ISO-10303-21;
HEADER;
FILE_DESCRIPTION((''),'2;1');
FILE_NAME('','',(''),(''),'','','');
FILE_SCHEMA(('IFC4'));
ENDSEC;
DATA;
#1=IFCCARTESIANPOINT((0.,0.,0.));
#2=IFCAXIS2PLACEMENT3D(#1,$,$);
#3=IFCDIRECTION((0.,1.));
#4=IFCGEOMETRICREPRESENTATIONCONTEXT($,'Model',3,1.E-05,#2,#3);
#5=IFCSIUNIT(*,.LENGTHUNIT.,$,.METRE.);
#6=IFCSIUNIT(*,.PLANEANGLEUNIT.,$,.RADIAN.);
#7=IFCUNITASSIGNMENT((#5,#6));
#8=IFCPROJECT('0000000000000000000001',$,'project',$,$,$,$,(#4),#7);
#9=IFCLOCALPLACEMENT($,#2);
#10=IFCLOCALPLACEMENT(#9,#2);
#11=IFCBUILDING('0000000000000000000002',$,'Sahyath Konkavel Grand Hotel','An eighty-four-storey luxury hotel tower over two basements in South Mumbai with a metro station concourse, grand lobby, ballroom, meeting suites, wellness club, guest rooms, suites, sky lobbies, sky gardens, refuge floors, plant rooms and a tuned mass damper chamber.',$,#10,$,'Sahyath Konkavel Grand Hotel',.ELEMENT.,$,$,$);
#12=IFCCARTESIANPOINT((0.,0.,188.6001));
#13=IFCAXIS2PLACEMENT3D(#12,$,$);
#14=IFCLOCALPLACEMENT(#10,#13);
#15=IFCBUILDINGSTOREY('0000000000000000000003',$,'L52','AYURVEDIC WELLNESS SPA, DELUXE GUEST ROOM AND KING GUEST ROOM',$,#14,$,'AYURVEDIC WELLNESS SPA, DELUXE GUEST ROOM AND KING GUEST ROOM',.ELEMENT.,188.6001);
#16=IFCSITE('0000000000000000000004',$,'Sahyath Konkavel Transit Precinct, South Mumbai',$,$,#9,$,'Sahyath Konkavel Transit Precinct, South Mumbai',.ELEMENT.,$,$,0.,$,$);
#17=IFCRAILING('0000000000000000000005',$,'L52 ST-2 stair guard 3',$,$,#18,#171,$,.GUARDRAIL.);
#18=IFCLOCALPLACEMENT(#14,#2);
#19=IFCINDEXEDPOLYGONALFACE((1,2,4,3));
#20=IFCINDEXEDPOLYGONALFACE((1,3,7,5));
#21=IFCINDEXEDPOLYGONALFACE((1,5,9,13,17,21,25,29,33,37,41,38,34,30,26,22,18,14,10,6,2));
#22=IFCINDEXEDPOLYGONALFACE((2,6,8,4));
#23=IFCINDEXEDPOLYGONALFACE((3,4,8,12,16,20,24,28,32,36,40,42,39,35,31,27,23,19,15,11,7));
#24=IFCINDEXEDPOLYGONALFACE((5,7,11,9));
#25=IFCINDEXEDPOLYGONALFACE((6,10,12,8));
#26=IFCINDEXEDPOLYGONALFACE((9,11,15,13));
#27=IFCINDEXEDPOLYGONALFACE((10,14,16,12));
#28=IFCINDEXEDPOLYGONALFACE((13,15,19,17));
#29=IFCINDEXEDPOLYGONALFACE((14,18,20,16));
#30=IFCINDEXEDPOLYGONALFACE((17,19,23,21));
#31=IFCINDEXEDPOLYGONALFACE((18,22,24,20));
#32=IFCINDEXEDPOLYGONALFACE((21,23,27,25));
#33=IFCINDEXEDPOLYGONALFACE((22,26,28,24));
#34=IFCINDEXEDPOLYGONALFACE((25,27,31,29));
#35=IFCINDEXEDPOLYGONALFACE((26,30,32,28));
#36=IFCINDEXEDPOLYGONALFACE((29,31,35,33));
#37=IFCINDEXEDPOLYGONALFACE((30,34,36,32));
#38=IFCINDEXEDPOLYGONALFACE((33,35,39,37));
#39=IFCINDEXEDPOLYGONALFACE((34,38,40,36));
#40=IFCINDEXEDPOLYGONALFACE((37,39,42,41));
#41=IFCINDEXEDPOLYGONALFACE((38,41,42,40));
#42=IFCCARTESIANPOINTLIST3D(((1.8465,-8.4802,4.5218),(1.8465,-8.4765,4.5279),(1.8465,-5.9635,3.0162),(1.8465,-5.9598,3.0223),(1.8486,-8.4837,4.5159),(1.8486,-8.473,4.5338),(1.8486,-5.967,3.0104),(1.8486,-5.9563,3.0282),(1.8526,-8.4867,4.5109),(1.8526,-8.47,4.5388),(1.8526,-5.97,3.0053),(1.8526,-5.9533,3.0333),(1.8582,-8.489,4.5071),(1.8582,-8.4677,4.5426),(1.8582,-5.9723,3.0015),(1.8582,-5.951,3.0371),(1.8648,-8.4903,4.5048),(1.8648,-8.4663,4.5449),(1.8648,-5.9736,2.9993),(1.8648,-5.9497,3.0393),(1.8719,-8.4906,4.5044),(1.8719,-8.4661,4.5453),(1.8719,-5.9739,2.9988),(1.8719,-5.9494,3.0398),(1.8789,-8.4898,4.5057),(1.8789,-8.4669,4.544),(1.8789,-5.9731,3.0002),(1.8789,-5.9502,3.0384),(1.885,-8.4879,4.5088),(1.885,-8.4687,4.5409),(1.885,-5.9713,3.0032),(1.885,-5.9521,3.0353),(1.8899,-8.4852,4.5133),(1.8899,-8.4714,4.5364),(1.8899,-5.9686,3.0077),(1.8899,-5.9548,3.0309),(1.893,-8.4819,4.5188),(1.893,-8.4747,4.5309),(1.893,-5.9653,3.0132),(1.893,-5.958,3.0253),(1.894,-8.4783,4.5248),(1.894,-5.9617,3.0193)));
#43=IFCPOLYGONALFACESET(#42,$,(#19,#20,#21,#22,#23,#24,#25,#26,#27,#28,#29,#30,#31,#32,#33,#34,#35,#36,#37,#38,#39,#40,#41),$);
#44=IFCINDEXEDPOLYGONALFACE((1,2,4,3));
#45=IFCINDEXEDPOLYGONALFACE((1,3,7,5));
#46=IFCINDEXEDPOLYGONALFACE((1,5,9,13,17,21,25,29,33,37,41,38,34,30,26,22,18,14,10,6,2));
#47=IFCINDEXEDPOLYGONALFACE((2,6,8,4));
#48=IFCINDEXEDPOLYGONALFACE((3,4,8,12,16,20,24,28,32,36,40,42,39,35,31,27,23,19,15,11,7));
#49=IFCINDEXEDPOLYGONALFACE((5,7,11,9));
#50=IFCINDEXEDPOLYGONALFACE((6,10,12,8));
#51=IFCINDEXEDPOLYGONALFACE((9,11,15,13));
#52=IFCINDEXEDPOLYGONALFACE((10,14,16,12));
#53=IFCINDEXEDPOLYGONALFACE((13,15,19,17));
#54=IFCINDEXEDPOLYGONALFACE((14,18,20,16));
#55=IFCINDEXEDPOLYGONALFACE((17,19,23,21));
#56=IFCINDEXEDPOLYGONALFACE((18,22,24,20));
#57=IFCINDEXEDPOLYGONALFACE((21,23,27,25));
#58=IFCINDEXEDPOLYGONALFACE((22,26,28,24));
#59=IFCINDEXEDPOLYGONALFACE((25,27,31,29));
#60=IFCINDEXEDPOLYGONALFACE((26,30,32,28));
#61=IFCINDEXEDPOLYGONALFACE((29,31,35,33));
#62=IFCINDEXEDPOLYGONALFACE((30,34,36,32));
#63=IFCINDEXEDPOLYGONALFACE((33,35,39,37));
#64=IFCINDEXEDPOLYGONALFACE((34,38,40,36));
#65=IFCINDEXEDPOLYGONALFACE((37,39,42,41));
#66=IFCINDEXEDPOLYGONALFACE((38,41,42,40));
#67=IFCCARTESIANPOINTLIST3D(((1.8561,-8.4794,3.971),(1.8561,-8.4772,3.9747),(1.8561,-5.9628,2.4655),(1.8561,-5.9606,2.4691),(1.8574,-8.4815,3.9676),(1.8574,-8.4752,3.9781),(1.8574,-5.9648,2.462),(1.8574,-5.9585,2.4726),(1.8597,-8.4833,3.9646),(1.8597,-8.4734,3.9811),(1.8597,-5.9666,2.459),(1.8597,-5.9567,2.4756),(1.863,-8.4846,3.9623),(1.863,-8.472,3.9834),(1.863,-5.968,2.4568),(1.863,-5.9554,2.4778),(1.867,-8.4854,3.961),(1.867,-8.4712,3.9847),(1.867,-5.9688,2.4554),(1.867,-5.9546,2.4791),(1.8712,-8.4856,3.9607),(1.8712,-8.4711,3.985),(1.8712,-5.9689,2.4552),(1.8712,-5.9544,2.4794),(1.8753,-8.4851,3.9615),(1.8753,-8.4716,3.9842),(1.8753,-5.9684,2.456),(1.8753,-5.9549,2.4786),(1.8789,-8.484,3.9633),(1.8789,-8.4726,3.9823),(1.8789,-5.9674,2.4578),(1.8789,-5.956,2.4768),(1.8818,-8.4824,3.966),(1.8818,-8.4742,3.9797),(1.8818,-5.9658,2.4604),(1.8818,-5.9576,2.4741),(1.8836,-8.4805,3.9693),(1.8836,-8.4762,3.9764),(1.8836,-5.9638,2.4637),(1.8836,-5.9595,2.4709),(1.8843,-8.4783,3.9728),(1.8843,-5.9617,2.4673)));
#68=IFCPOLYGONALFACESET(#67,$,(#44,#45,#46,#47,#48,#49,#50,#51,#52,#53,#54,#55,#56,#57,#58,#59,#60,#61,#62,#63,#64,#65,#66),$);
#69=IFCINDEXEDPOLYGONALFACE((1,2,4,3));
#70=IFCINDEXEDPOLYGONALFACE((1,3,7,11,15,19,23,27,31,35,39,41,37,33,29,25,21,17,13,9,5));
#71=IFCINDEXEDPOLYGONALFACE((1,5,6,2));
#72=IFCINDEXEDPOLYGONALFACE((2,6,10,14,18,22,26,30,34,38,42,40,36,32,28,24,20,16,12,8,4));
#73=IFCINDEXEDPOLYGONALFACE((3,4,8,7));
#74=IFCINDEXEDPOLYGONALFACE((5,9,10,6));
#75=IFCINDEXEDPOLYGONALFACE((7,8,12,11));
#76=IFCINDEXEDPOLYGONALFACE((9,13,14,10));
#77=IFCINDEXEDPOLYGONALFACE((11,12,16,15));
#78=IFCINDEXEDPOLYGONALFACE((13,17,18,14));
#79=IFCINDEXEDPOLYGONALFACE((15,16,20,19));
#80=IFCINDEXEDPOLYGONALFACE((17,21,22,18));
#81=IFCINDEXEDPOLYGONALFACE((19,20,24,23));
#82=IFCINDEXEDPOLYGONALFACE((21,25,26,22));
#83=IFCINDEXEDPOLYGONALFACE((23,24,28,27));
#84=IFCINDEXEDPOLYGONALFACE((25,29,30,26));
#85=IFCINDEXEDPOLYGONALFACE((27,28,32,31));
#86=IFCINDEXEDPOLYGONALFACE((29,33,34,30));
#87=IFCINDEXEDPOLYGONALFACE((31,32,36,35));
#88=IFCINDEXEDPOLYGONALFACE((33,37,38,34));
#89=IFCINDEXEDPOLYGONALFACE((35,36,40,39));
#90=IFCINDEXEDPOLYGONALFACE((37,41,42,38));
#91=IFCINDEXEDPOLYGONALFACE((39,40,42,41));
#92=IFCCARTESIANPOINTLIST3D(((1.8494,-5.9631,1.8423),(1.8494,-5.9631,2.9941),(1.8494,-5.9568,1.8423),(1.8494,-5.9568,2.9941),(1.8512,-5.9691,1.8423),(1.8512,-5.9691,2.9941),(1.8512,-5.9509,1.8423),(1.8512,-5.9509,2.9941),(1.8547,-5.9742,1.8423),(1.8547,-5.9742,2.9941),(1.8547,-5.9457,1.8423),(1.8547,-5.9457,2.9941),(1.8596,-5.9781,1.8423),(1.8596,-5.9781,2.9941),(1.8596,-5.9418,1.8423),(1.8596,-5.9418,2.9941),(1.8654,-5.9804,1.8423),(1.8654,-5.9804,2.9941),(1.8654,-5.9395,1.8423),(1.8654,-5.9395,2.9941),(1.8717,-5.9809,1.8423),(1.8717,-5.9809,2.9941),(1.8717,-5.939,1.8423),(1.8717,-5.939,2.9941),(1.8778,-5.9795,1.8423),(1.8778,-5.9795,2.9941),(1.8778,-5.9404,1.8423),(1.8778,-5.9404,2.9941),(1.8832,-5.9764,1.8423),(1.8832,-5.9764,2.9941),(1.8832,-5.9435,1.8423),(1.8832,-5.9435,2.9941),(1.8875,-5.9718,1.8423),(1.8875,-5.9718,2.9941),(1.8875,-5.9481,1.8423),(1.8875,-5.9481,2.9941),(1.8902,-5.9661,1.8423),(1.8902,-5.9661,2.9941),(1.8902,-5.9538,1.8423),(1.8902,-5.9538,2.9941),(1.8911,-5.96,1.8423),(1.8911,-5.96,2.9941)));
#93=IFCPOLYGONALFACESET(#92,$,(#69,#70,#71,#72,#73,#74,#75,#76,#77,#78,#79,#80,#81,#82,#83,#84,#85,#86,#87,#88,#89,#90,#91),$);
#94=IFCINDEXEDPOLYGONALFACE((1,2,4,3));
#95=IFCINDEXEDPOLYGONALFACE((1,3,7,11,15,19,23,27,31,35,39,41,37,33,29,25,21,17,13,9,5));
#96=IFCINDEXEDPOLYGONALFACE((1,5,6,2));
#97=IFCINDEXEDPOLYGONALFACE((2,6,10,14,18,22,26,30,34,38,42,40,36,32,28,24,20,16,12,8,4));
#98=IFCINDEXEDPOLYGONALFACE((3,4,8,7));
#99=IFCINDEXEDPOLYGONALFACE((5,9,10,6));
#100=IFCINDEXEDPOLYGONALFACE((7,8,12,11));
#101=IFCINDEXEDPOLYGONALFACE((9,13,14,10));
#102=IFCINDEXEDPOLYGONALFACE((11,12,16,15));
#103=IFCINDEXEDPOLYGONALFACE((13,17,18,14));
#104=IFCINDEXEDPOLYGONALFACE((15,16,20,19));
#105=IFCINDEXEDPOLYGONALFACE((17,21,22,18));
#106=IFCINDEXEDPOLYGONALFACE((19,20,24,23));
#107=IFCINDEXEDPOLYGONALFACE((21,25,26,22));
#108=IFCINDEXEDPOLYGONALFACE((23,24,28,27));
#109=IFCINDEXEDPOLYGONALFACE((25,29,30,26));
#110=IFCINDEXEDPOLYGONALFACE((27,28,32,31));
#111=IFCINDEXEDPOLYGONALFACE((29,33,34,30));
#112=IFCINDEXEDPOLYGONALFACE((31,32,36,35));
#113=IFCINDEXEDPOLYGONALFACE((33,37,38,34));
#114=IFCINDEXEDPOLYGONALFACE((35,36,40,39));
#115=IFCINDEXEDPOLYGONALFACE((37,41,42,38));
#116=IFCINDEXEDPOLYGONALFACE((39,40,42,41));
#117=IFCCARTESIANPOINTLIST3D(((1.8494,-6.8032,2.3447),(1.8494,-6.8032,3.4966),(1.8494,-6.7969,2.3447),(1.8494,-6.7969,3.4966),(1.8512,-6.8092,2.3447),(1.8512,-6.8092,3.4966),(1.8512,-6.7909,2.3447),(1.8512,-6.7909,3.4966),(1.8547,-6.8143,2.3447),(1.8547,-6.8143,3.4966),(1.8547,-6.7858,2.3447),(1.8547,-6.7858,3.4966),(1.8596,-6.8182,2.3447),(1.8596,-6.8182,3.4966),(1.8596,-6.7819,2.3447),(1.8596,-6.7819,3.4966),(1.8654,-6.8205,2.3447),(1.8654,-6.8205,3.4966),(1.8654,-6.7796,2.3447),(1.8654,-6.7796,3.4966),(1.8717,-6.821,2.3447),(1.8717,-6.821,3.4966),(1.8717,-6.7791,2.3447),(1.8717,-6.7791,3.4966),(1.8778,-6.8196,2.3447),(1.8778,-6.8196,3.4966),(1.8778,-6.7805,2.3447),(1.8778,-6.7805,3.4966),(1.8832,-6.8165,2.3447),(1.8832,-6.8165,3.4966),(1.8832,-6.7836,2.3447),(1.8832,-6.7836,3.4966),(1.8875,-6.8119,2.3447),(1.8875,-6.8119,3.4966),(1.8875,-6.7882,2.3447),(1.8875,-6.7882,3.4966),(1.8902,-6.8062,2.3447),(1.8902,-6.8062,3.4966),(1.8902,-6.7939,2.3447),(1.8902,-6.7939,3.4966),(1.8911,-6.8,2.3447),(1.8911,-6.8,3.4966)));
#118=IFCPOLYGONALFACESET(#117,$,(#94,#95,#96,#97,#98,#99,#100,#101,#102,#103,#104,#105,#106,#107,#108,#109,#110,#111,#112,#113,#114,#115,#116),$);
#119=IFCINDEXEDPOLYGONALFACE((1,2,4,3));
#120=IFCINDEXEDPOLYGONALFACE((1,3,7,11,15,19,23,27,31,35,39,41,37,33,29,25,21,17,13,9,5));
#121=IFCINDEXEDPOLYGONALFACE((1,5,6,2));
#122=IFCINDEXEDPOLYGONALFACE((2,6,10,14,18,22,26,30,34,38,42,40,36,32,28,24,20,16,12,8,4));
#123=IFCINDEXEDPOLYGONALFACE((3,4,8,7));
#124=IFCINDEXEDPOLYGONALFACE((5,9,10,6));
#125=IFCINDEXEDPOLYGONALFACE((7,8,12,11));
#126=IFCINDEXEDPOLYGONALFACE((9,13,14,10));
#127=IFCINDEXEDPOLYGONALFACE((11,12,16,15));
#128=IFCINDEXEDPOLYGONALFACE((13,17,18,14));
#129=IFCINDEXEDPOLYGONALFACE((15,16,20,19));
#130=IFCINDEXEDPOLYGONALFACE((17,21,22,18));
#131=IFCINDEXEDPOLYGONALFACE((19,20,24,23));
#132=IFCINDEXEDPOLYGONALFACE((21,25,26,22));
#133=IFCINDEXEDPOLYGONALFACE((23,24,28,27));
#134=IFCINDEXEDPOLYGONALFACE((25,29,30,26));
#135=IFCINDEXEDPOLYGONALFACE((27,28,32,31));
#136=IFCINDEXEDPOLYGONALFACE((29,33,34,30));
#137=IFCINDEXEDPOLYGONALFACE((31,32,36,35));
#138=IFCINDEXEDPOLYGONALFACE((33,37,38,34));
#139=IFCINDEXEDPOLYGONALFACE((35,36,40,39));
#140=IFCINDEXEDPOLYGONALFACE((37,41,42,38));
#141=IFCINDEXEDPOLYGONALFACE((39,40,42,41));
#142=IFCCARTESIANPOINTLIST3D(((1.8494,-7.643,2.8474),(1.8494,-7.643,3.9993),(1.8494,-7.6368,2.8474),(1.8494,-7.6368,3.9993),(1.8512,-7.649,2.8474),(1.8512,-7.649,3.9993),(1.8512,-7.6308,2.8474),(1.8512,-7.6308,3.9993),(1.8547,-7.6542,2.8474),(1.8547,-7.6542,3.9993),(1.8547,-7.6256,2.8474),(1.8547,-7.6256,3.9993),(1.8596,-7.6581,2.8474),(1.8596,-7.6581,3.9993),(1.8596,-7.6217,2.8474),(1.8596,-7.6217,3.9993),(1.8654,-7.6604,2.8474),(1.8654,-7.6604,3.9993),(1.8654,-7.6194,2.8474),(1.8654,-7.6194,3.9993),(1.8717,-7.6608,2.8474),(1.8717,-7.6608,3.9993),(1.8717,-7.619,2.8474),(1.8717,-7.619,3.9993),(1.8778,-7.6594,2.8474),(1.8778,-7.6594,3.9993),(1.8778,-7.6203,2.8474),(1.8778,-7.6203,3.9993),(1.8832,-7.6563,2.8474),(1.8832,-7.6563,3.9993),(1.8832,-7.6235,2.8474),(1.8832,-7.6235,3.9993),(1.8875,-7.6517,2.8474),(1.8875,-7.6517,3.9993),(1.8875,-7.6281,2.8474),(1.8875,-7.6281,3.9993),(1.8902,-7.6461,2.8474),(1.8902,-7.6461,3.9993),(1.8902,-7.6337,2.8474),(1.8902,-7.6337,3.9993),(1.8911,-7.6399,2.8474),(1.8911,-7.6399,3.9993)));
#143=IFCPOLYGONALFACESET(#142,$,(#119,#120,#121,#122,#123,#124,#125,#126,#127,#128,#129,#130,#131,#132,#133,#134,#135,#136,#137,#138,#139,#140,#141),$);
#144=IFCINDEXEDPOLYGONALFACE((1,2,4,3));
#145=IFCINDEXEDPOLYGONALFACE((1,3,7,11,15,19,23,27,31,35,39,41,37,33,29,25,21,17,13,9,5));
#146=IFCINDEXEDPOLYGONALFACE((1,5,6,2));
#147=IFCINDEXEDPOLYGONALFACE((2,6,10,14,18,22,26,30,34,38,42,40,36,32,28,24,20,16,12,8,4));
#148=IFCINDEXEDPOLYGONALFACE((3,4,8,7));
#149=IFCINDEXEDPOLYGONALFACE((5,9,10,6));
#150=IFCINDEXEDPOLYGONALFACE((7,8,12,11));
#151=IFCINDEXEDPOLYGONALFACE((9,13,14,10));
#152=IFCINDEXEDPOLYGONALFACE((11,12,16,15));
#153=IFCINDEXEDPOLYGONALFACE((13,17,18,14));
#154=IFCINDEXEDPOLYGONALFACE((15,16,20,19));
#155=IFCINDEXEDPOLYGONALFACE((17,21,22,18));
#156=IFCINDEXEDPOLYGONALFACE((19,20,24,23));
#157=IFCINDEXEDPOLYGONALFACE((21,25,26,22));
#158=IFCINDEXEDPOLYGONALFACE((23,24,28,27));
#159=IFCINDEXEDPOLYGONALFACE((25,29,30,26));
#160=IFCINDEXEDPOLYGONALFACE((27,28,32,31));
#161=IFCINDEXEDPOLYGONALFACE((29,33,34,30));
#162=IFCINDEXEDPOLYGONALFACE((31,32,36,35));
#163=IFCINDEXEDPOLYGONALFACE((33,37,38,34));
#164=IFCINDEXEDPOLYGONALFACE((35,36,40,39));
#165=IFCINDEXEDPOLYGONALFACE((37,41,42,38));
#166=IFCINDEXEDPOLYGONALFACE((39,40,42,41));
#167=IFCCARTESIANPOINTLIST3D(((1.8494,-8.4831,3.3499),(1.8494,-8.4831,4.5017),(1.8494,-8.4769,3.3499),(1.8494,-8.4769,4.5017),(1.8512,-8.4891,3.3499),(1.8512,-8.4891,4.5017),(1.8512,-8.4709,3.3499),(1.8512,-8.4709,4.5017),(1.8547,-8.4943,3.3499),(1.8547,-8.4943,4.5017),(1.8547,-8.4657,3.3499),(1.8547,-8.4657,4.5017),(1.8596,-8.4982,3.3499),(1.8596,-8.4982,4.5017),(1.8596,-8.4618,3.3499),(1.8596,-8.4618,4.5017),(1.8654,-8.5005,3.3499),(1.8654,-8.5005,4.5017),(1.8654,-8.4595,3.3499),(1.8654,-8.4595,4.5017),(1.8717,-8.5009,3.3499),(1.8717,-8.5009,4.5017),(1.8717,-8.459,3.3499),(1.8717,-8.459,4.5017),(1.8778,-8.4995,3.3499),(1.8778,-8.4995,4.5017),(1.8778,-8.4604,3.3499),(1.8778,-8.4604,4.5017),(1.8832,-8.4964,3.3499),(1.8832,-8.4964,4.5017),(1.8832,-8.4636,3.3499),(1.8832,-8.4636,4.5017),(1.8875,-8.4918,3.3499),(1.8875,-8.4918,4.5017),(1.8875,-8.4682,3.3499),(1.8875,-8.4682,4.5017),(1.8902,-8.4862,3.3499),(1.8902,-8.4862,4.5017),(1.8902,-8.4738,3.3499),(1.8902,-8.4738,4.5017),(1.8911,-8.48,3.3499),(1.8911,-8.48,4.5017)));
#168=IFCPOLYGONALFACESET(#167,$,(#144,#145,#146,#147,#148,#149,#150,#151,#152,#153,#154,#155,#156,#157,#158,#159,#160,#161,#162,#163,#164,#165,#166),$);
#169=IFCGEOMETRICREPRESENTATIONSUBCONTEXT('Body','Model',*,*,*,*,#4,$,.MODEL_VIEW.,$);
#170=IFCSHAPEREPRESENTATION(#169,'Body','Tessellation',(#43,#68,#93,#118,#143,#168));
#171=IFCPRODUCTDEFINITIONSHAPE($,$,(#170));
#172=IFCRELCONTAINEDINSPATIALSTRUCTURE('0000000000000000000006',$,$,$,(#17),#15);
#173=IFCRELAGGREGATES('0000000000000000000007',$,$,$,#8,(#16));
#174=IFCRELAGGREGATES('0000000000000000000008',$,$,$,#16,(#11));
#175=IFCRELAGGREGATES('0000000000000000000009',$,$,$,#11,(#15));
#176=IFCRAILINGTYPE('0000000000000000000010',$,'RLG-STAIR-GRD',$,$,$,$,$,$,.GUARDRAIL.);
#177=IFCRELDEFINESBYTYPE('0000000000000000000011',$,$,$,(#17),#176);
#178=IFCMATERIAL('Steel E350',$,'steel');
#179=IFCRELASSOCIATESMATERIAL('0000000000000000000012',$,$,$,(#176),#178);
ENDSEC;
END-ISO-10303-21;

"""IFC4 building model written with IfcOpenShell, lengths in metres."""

from ifc_helpers import new_model, si_unit, direction, frame, origin, origin_2d, place, context, subcontext, project, spatial, circle, extrude, material, type_object, element, save


model = new_model("IFC4")

# Units and contexts
model_context = context("Model", 3, precision=1e-05, world=origin(), true_north=direction((0.0, 1.0)))
body_context = subcontext(model_context, "Body", "Model", "MODEL_VIEW")
ifc_project = project(units=[si_unit("LENGTHUNIT", "METRE"), si_unit("PLANEANGLEUNIT", "RADIAN")], contexts=[model_context])

# Site, building, storey
site_placement = place(None, origin())
site = spatial("IfcSite", under=ifc_project, at=site_placement, Name="Sahyath Konkavel Transit Precinct, South Mumbai", LongName="Sahyath Konkavel Transit Precinct, South Mumbai", CompositionType="ELEMENT", RefElevation=0.0)
building_placement = place(site_placement, origin())
building = spatial("IfcBuilding", under=site, at=building_placement, Name="Sahyath Konkavel Grand Hotel", Description="An eighty-four-storey luxury hotel tower over two basements in South Mumbai with a metro station concourse, grand lobby, ballroom, meeting suites, wellness club, guest rooms, suites, sky lobbies, sky gardens, refuge floors, plant rooms and a tuned mass damper chamber.", LongName="Sahyath Konkavel Grand Hotel", CompositionType="ELEMENT")
storey_placement = place(building_placement, frame((0.0, 0.0, 188.6001)))
storey = spatial("IfcBuildingStorey", under=building, at=storey_placement, Name="L52", Description="AYURVEDIC WELLNESS SPA, DELUXE GUEST ROOM AND KING GUEST ROOM", LongName="AYURVEDIC WELLNESS SPA, DELUXE GUEST ROOM AND KING GUEST ROOM", CompositionType="ELEMENT", Elevation=188.6001)

# Shared definitions
ifc_material_1 = material(Name="Steel E350", Category="steel")

# Railing
railing_type_1 = type_object("IfcRailingType", Name="RLG-STAIR-GRD", PredefinedType="GUARDRAIL", material=ifc_material_1)
railing_1_placement = place(storey_placement, frame((1.8701, -5.96, 1.8423)))
element("IfcRailing", 1, at=railing_1_placement, inside=storey, type_object=railing_type_1, Name="L52 ST-2 stair guard 3", PredefinedType="GUARDRAIL", context=body_context, shape_type="SweptSolid", body=[
    extrude(circle(Radius=0.0239, at=origin_2d()), frame((0.0, -0.0017, 1.177), z_axis=(0.0, -0.85816, 0.513383), x_axis=(1.0, 0.0, 0.0)), (0.0, 0.0, 1.0), 2.9326),
    extrude(circle(Radius=0.0142, at=origin_2d()), frame((0.0, -0.0017, 0.625), z_axis=(0.0, -0.85816, 0.513383), x_axis=(1.0, 0.0, 0.0)), (0.0, 0.0, 1.0), 2.9326),
    extrude(circle(Radius=0.021, at=origin_2d()), origin(), (0.0, 0.0, 1.0), 1.1519),
    extrude(circle(Radius=0.021, at=origin_2d()), frame((0.0, -0.8401, 0.5024)), (0.0, 0.0, 1.0), 1.1519),
    extrude(circle(Radius=0.021, at=origin_2d()), frame((0.0, -1.6799, 1.0051)), (0.0, 0.0, 1.0), 1.1519),
    extrude(circle(Radius=0.021, at=origin_2d()), frame((0.0, -2.52, 1.5076)), (0.0, 0.0, 1.0), 1.1519),
])

save(model, "model.ifc")
